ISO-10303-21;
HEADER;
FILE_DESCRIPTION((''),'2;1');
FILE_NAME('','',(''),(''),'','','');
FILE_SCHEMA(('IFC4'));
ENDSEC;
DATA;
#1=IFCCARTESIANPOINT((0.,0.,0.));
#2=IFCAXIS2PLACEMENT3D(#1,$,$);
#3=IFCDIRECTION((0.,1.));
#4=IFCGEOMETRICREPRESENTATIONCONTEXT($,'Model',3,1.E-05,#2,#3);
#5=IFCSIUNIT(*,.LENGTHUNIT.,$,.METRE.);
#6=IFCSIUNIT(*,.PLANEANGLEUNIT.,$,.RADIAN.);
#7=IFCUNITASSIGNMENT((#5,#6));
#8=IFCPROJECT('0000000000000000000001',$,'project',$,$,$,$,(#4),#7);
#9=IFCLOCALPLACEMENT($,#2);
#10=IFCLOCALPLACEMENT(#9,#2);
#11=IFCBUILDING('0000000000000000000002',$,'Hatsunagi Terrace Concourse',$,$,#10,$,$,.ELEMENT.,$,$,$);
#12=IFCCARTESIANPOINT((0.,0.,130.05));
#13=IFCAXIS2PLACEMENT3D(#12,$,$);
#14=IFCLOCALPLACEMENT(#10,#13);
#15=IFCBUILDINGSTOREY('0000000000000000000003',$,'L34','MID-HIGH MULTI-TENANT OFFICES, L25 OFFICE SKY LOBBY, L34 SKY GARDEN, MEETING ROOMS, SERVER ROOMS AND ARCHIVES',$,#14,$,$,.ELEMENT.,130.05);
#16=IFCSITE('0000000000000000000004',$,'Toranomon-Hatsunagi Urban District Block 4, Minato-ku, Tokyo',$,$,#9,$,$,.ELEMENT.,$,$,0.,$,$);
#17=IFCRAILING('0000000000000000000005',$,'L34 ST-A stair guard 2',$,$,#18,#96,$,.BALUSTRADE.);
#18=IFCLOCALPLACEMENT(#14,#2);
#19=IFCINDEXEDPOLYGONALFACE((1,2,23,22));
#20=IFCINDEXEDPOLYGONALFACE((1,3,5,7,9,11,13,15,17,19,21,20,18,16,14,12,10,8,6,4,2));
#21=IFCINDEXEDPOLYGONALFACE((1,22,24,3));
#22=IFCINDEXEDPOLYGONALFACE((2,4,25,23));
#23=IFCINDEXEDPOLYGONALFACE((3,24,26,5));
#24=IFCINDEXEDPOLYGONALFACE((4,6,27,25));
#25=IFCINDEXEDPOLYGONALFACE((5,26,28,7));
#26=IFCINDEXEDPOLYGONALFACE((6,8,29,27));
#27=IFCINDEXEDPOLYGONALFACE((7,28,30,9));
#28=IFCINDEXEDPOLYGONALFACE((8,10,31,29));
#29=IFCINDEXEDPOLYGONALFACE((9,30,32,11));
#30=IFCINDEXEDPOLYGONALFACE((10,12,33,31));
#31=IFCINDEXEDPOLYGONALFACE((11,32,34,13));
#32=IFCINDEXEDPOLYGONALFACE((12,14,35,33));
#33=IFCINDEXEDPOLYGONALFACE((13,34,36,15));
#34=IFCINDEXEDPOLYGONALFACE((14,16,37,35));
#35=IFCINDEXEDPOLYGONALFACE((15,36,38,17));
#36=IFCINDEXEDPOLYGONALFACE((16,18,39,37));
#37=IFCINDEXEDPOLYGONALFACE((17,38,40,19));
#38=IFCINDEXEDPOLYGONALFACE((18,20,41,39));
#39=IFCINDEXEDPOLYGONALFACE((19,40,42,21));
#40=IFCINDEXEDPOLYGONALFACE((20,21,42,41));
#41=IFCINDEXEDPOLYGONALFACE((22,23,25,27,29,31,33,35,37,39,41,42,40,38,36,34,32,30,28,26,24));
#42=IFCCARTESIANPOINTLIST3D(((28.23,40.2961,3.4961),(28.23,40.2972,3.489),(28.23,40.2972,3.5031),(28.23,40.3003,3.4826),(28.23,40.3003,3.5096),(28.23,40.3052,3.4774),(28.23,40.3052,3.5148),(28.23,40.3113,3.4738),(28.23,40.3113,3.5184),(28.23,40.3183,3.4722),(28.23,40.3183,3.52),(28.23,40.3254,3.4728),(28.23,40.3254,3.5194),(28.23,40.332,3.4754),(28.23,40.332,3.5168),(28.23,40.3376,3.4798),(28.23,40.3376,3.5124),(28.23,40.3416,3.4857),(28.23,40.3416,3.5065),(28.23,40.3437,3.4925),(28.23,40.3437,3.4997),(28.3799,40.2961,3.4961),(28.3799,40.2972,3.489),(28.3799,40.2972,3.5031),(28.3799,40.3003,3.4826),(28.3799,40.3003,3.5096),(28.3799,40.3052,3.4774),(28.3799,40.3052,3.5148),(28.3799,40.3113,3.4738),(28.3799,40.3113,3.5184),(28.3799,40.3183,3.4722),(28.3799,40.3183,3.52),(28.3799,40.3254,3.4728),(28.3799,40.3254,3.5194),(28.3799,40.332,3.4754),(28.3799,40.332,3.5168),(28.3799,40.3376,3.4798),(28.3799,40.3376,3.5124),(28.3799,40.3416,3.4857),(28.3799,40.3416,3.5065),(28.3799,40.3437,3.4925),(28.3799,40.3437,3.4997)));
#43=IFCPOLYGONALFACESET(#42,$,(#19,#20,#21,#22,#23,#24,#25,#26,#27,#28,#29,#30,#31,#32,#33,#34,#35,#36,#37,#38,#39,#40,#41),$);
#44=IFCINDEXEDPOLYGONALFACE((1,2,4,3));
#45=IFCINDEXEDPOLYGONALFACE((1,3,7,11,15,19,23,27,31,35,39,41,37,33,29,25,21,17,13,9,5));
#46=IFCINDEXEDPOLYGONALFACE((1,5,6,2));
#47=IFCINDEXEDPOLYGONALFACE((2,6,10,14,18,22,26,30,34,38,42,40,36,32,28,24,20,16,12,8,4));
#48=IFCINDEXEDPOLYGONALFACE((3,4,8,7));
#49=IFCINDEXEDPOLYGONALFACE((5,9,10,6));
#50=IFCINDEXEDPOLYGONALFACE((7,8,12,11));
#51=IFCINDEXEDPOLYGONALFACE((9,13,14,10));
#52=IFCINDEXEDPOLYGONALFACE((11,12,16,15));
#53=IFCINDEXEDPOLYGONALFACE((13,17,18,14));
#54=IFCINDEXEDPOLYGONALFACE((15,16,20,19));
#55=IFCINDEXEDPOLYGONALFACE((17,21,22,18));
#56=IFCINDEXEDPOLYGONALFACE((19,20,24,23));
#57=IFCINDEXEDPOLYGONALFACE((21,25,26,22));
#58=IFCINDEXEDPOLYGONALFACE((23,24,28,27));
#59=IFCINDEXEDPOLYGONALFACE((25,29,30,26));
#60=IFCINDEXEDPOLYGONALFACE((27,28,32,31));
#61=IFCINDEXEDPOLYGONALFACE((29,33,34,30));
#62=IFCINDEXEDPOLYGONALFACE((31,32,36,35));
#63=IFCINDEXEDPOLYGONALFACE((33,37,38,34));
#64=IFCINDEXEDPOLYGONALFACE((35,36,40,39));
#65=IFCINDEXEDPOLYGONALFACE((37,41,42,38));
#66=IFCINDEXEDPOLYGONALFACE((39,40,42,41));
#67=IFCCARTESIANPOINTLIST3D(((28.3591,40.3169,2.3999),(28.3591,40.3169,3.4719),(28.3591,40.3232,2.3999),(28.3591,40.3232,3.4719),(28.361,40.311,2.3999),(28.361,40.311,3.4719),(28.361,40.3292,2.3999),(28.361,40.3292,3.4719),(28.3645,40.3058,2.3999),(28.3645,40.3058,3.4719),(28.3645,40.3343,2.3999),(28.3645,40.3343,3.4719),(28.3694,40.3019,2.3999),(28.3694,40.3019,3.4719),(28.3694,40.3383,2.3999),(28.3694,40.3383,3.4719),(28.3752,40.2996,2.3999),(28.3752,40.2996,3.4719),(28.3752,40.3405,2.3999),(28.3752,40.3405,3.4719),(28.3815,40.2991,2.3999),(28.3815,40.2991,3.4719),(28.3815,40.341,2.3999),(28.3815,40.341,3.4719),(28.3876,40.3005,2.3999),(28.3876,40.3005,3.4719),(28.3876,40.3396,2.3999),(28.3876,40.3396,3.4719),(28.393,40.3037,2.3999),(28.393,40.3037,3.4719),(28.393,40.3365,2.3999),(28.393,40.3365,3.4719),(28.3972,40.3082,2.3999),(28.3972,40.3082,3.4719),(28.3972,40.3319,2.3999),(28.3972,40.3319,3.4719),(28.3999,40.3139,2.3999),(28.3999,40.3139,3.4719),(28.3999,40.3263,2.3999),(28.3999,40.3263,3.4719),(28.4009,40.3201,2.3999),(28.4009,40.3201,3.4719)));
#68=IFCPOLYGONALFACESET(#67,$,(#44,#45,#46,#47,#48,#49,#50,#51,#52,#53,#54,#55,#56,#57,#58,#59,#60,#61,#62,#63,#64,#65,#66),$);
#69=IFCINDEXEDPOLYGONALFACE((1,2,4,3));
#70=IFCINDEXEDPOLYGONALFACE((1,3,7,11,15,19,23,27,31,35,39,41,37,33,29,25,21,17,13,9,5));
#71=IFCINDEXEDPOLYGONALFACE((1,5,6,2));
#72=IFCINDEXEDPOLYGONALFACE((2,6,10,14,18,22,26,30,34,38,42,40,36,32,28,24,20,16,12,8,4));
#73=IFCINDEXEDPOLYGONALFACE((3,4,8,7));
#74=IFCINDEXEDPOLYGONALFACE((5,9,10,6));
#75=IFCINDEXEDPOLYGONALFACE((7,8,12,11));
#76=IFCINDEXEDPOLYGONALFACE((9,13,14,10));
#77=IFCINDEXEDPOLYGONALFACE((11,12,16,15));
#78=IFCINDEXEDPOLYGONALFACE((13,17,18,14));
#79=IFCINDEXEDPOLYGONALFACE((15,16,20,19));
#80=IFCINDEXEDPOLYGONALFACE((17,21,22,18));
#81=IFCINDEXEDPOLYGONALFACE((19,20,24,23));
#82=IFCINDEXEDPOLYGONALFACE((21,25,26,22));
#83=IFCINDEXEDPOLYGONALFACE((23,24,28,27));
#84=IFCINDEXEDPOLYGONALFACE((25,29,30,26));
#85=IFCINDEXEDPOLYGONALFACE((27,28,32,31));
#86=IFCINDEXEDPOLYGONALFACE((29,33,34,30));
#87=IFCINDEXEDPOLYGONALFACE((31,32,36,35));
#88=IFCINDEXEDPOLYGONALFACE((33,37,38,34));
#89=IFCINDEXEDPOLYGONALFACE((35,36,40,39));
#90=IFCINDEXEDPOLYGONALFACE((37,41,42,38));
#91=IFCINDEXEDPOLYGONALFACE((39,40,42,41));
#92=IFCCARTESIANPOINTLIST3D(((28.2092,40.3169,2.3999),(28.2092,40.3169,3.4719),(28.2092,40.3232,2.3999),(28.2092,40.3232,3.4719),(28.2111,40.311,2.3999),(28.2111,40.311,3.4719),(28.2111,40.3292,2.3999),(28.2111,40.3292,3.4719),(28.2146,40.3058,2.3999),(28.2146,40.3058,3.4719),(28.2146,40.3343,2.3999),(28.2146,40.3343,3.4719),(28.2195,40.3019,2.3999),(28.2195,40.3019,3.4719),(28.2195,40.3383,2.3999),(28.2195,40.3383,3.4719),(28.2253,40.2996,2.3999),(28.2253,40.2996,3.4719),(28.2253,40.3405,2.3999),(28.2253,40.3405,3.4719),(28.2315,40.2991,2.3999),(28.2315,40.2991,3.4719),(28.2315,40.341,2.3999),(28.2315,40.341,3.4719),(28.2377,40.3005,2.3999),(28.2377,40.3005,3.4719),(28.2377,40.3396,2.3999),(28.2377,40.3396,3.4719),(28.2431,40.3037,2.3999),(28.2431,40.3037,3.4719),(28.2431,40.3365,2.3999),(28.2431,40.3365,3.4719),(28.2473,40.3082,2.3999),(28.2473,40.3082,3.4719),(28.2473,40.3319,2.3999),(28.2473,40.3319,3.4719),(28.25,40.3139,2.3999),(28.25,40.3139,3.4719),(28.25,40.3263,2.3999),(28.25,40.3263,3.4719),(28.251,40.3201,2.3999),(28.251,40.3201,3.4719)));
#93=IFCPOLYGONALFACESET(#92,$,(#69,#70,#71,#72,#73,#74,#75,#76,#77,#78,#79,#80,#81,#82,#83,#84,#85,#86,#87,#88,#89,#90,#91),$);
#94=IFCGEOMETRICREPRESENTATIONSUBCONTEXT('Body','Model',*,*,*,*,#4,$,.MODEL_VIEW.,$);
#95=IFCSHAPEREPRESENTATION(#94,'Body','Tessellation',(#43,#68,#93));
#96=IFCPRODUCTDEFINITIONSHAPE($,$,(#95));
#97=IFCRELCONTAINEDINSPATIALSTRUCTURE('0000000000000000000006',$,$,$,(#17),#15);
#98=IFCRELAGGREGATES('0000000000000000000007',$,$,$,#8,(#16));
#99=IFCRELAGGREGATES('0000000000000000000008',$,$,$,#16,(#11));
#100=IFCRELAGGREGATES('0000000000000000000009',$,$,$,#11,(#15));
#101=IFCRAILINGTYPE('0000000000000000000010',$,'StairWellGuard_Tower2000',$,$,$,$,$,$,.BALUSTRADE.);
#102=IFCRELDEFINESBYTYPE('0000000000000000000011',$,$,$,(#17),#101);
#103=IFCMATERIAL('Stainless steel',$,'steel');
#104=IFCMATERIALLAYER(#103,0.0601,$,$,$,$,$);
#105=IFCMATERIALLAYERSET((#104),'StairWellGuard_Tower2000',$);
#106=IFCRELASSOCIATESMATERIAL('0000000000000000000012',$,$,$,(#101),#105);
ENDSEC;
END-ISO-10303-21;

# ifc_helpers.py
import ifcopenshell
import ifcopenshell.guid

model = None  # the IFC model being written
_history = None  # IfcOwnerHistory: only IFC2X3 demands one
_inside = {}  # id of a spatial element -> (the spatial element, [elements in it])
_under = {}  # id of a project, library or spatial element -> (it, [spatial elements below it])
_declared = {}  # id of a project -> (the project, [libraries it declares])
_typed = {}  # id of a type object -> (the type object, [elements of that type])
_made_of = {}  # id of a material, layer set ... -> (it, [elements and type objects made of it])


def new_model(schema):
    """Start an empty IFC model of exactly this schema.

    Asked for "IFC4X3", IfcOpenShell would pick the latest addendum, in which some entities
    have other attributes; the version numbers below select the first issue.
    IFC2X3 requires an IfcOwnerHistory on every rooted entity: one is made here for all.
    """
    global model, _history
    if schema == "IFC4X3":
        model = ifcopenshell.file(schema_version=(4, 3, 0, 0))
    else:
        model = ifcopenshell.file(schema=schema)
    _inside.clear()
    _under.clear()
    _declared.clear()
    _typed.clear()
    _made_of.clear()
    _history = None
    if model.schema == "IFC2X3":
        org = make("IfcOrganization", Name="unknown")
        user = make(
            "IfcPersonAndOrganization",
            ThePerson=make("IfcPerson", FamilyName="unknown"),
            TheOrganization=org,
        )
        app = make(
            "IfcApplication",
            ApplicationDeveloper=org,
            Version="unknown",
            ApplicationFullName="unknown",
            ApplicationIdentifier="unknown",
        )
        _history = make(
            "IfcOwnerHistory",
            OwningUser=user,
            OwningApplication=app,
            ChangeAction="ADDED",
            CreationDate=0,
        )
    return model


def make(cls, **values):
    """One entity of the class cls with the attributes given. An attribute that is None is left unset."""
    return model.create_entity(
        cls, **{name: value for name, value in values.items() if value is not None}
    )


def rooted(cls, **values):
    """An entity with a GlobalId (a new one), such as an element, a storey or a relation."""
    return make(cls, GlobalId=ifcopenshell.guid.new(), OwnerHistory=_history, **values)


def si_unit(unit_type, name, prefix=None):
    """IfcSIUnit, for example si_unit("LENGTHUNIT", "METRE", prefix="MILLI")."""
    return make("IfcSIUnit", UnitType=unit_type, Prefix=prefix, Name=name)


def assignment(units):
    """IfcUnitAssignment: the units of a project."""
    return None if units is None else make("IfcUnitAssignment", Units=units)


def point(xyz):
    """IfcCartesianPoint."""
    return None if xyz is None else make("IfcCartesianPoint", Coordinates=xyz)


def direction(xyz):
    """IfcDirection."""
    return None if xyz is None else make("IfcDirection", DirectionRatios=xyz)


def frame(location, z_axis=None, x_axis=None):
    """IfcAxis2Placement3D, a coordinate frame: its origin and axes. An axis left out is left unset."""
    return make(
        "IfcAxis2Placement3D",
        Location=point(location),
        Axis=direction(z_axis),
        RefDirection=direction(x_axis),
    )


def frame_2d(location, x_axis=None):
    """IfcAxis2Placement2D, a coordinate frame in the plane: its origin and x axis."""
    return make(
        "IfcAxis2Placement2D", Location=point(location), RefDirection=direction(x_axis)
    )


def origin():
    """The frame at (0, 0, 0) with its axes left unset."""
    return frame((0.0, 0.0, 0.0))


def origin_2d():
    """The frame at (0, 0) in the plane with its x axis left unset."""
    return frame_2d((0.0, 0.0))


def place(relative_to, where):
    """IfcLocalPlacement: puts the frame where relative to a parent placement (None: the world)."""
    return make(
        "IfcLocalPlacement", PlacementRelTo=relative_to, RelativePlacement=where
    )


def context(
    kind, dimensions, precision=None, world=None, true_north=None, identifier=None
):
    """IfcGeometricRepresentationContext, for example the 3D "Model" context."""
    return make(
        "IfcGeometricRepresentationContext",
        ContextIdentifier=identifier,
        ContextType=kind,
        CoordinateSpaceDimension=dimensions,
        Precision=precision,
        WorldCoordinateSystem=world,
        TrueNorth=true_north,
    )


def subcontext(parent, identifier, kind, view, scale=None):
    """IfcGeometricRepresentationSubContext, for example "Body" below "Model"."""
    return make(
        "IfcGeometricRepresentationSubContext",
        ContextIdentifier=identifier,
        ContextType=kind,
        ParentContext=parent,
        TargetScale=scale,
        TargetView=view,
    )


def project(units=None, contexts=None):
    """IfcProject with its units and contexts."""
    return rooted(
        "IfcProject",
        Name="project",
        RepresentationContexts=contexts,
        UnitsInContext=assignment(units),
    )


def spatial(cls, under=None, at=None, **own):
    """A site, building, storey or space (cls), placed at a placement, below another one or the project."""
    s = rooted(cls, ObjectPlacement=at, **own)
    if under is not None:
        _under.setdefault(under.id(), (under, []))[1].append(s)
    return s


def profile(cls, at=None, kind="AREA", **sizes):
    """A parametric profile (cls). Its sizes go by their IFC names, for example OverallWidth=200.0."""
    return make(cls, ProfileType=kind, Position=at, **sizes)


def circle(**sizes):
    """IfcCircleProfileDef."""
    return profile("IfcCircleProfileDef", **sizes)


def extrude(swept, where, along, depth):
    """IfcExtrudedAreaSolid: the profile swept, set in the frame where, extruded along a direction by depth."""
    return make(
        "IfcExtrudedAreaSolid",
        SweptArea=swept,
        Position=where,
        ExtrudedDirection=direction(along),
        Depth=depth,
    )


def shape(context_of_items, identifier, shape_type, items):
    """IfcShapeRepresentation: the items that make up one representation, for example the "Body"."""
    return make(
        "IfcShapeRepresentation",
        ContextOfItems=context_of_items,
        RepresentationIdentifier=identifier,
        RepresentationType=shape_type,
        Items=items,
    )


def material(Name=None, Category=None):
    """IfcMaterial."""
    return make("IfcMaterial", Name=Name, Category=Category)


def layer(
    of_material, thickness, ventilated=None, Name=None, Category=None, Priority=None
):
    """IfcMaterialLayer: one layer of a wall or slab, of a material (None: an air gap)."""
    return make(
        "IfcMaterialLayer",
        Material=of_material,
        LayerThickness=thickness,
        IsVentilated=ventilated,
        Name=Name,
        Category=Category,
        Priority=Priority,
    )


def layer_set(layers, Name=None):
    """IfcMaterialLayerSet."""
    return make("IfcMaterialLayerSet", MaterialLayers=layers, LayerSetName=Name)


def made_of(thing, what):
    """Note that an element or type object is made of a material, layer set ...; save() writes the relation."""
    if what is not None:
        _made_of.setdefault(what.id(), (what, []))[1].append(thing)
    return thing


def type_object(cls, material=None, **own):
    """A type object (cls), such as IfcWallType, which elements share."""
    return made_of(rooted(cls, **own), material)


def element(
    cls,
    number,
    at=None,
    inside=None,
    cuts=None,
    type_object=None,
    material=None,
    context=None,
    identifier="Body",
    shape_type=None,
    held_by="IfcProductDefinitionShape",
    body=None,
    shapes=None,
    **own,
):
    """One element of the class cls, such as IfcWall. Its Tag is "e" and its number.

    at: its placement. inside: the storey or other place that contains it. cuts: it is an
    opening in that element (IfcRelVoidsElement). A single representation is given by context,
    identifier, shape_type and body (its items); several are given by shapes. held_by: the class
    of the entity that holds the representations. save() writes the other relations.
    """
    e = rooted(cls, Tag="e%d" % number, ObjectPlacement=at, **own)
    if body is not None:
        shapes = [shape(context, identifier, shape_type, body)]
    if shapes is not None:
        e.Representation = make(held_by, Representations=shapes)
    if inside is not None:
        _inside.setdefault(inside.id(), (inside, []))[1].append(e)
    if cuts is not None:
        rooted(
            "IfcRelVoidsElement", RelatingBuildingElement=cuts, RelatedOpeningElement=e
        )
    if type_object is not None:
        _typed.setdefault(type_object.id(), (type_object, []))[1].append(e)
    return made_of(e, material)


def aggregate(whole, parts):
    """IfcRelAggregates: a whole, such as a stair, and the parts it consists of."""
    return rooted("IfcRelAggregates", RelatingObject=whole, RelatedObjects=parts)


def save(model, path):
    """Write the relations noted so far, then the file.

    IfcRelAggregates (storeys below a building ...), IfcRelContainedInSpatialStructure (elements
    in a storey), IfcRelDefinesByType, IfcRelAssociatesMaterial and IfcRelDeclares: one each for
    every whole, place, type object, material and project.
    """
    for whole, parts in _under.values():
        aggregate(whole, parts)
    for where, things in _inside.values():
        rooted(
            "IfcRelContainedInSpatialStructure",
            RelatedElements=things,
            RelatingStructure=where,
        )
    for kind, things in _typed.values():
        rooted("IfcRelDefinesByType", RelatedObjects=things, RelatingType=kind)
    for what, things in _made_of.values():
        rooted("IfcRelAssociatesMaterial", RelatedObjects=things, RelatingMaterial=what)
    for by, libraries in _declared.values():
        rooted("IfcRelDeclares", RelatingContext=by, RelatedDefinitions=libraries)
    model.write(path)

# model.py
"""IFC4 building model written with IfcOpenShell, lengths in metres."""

from ifc_helpers import new_model, si_unit, direction, frame, origin, origin_2d, place, context, subcontext, project, spatial, circle, extrude, material, layer, layer_set, type_object, element, save


model = new_model("IFC4")

# Units and contexts
model_context = context("Model", 3, precision=1e-05, world=origin(), true_north=direction((0.0, 1.0)))
body_context = subcontext(model_context, "Body", "Model", "MODEL_VIEW")
ifc_project = project(units=[si_unit("LENGTHUNIT", "METRE"), si_unit("PLANEANGLEUNIT", "RADIAN")], contexts=[model_context])

# Site, building, storey
site_placement = place(None, origin())
site = spatial("IfcSite", under=ifc_project, at=site_placement, Name="Toranomon-Hatsunagi Urban District Block 4, Minato-ku, Tokyo", CompositionType="ELEMENT", RefElevation=0.0)
building_placement = place(site_placement, origin())
building = spatial("IfcBuilding", under=site, at=building_placement, Name="Hatsunagi Terrace Concourse", CompositionType="ELEMENT")
storey_placement = place(building_placement, frame((0.0, 0.0, 130.05)))
storey = spatial("IfcBuildingStorey", under=building, at=storey_placement, Name="L34", Description="MID-HIGH MULTI-TENANT OFFICES, L25 OFFICE SKY LOBBY, L34 SKY GARDEN, MEETING ROOMS, SERVER ROOMS AND ARCHIVES", CompositionType="ELEMENT", Elevation=130.05)

# Railing
ifc_material_1 = material(Name="Stainless steel", Category="steel")
ifc_layer_1 = layer(ifc_material_1, 0.0601)
ifc_layer_set_1 = layer_set([ifc_layer_1], Name="StairWellGuard_Tower2000")
railing_type_1 = type_object("IfcRailingType", Name="StairWellGuard_Tower2000", PredefinedType="BALUSTRADE", material=ifc_layer_set_1)
railing_1_placement = place(storey_placement, frame((28.3799, 40.3201, 2.3999)))
element("IfcRailing", 1, at=railing_1_placement, inside=storey, type_object=railing_type_1, Name="L34 ST-A stair guard 2", PredefinedType="BALUSTRADE", context=body_context, shape_type="SweptSolid", body=[
    extrude(circle(Radius=0.0239, at=origin_2d()), frame((0.0, 0.0, 1.0962), z_axis=(-1.0, 0.0, 0.0), x_axis=(0.0, -1.0, 0.0)), (0.0, 0.0, 1.0), 0.1499),
    extrude(circle(Radius=0.021, at=origin_2d()), origin(), (0.0, 0.0, 1.0), 1.072),
    extrude(circle(Radius=0.021, at=origin_2d()), frame((-0.1499, 0.0, 0.0)), (0.0, 0.0, 1.0), 1.072),
])

save(model, "model.ifc")
